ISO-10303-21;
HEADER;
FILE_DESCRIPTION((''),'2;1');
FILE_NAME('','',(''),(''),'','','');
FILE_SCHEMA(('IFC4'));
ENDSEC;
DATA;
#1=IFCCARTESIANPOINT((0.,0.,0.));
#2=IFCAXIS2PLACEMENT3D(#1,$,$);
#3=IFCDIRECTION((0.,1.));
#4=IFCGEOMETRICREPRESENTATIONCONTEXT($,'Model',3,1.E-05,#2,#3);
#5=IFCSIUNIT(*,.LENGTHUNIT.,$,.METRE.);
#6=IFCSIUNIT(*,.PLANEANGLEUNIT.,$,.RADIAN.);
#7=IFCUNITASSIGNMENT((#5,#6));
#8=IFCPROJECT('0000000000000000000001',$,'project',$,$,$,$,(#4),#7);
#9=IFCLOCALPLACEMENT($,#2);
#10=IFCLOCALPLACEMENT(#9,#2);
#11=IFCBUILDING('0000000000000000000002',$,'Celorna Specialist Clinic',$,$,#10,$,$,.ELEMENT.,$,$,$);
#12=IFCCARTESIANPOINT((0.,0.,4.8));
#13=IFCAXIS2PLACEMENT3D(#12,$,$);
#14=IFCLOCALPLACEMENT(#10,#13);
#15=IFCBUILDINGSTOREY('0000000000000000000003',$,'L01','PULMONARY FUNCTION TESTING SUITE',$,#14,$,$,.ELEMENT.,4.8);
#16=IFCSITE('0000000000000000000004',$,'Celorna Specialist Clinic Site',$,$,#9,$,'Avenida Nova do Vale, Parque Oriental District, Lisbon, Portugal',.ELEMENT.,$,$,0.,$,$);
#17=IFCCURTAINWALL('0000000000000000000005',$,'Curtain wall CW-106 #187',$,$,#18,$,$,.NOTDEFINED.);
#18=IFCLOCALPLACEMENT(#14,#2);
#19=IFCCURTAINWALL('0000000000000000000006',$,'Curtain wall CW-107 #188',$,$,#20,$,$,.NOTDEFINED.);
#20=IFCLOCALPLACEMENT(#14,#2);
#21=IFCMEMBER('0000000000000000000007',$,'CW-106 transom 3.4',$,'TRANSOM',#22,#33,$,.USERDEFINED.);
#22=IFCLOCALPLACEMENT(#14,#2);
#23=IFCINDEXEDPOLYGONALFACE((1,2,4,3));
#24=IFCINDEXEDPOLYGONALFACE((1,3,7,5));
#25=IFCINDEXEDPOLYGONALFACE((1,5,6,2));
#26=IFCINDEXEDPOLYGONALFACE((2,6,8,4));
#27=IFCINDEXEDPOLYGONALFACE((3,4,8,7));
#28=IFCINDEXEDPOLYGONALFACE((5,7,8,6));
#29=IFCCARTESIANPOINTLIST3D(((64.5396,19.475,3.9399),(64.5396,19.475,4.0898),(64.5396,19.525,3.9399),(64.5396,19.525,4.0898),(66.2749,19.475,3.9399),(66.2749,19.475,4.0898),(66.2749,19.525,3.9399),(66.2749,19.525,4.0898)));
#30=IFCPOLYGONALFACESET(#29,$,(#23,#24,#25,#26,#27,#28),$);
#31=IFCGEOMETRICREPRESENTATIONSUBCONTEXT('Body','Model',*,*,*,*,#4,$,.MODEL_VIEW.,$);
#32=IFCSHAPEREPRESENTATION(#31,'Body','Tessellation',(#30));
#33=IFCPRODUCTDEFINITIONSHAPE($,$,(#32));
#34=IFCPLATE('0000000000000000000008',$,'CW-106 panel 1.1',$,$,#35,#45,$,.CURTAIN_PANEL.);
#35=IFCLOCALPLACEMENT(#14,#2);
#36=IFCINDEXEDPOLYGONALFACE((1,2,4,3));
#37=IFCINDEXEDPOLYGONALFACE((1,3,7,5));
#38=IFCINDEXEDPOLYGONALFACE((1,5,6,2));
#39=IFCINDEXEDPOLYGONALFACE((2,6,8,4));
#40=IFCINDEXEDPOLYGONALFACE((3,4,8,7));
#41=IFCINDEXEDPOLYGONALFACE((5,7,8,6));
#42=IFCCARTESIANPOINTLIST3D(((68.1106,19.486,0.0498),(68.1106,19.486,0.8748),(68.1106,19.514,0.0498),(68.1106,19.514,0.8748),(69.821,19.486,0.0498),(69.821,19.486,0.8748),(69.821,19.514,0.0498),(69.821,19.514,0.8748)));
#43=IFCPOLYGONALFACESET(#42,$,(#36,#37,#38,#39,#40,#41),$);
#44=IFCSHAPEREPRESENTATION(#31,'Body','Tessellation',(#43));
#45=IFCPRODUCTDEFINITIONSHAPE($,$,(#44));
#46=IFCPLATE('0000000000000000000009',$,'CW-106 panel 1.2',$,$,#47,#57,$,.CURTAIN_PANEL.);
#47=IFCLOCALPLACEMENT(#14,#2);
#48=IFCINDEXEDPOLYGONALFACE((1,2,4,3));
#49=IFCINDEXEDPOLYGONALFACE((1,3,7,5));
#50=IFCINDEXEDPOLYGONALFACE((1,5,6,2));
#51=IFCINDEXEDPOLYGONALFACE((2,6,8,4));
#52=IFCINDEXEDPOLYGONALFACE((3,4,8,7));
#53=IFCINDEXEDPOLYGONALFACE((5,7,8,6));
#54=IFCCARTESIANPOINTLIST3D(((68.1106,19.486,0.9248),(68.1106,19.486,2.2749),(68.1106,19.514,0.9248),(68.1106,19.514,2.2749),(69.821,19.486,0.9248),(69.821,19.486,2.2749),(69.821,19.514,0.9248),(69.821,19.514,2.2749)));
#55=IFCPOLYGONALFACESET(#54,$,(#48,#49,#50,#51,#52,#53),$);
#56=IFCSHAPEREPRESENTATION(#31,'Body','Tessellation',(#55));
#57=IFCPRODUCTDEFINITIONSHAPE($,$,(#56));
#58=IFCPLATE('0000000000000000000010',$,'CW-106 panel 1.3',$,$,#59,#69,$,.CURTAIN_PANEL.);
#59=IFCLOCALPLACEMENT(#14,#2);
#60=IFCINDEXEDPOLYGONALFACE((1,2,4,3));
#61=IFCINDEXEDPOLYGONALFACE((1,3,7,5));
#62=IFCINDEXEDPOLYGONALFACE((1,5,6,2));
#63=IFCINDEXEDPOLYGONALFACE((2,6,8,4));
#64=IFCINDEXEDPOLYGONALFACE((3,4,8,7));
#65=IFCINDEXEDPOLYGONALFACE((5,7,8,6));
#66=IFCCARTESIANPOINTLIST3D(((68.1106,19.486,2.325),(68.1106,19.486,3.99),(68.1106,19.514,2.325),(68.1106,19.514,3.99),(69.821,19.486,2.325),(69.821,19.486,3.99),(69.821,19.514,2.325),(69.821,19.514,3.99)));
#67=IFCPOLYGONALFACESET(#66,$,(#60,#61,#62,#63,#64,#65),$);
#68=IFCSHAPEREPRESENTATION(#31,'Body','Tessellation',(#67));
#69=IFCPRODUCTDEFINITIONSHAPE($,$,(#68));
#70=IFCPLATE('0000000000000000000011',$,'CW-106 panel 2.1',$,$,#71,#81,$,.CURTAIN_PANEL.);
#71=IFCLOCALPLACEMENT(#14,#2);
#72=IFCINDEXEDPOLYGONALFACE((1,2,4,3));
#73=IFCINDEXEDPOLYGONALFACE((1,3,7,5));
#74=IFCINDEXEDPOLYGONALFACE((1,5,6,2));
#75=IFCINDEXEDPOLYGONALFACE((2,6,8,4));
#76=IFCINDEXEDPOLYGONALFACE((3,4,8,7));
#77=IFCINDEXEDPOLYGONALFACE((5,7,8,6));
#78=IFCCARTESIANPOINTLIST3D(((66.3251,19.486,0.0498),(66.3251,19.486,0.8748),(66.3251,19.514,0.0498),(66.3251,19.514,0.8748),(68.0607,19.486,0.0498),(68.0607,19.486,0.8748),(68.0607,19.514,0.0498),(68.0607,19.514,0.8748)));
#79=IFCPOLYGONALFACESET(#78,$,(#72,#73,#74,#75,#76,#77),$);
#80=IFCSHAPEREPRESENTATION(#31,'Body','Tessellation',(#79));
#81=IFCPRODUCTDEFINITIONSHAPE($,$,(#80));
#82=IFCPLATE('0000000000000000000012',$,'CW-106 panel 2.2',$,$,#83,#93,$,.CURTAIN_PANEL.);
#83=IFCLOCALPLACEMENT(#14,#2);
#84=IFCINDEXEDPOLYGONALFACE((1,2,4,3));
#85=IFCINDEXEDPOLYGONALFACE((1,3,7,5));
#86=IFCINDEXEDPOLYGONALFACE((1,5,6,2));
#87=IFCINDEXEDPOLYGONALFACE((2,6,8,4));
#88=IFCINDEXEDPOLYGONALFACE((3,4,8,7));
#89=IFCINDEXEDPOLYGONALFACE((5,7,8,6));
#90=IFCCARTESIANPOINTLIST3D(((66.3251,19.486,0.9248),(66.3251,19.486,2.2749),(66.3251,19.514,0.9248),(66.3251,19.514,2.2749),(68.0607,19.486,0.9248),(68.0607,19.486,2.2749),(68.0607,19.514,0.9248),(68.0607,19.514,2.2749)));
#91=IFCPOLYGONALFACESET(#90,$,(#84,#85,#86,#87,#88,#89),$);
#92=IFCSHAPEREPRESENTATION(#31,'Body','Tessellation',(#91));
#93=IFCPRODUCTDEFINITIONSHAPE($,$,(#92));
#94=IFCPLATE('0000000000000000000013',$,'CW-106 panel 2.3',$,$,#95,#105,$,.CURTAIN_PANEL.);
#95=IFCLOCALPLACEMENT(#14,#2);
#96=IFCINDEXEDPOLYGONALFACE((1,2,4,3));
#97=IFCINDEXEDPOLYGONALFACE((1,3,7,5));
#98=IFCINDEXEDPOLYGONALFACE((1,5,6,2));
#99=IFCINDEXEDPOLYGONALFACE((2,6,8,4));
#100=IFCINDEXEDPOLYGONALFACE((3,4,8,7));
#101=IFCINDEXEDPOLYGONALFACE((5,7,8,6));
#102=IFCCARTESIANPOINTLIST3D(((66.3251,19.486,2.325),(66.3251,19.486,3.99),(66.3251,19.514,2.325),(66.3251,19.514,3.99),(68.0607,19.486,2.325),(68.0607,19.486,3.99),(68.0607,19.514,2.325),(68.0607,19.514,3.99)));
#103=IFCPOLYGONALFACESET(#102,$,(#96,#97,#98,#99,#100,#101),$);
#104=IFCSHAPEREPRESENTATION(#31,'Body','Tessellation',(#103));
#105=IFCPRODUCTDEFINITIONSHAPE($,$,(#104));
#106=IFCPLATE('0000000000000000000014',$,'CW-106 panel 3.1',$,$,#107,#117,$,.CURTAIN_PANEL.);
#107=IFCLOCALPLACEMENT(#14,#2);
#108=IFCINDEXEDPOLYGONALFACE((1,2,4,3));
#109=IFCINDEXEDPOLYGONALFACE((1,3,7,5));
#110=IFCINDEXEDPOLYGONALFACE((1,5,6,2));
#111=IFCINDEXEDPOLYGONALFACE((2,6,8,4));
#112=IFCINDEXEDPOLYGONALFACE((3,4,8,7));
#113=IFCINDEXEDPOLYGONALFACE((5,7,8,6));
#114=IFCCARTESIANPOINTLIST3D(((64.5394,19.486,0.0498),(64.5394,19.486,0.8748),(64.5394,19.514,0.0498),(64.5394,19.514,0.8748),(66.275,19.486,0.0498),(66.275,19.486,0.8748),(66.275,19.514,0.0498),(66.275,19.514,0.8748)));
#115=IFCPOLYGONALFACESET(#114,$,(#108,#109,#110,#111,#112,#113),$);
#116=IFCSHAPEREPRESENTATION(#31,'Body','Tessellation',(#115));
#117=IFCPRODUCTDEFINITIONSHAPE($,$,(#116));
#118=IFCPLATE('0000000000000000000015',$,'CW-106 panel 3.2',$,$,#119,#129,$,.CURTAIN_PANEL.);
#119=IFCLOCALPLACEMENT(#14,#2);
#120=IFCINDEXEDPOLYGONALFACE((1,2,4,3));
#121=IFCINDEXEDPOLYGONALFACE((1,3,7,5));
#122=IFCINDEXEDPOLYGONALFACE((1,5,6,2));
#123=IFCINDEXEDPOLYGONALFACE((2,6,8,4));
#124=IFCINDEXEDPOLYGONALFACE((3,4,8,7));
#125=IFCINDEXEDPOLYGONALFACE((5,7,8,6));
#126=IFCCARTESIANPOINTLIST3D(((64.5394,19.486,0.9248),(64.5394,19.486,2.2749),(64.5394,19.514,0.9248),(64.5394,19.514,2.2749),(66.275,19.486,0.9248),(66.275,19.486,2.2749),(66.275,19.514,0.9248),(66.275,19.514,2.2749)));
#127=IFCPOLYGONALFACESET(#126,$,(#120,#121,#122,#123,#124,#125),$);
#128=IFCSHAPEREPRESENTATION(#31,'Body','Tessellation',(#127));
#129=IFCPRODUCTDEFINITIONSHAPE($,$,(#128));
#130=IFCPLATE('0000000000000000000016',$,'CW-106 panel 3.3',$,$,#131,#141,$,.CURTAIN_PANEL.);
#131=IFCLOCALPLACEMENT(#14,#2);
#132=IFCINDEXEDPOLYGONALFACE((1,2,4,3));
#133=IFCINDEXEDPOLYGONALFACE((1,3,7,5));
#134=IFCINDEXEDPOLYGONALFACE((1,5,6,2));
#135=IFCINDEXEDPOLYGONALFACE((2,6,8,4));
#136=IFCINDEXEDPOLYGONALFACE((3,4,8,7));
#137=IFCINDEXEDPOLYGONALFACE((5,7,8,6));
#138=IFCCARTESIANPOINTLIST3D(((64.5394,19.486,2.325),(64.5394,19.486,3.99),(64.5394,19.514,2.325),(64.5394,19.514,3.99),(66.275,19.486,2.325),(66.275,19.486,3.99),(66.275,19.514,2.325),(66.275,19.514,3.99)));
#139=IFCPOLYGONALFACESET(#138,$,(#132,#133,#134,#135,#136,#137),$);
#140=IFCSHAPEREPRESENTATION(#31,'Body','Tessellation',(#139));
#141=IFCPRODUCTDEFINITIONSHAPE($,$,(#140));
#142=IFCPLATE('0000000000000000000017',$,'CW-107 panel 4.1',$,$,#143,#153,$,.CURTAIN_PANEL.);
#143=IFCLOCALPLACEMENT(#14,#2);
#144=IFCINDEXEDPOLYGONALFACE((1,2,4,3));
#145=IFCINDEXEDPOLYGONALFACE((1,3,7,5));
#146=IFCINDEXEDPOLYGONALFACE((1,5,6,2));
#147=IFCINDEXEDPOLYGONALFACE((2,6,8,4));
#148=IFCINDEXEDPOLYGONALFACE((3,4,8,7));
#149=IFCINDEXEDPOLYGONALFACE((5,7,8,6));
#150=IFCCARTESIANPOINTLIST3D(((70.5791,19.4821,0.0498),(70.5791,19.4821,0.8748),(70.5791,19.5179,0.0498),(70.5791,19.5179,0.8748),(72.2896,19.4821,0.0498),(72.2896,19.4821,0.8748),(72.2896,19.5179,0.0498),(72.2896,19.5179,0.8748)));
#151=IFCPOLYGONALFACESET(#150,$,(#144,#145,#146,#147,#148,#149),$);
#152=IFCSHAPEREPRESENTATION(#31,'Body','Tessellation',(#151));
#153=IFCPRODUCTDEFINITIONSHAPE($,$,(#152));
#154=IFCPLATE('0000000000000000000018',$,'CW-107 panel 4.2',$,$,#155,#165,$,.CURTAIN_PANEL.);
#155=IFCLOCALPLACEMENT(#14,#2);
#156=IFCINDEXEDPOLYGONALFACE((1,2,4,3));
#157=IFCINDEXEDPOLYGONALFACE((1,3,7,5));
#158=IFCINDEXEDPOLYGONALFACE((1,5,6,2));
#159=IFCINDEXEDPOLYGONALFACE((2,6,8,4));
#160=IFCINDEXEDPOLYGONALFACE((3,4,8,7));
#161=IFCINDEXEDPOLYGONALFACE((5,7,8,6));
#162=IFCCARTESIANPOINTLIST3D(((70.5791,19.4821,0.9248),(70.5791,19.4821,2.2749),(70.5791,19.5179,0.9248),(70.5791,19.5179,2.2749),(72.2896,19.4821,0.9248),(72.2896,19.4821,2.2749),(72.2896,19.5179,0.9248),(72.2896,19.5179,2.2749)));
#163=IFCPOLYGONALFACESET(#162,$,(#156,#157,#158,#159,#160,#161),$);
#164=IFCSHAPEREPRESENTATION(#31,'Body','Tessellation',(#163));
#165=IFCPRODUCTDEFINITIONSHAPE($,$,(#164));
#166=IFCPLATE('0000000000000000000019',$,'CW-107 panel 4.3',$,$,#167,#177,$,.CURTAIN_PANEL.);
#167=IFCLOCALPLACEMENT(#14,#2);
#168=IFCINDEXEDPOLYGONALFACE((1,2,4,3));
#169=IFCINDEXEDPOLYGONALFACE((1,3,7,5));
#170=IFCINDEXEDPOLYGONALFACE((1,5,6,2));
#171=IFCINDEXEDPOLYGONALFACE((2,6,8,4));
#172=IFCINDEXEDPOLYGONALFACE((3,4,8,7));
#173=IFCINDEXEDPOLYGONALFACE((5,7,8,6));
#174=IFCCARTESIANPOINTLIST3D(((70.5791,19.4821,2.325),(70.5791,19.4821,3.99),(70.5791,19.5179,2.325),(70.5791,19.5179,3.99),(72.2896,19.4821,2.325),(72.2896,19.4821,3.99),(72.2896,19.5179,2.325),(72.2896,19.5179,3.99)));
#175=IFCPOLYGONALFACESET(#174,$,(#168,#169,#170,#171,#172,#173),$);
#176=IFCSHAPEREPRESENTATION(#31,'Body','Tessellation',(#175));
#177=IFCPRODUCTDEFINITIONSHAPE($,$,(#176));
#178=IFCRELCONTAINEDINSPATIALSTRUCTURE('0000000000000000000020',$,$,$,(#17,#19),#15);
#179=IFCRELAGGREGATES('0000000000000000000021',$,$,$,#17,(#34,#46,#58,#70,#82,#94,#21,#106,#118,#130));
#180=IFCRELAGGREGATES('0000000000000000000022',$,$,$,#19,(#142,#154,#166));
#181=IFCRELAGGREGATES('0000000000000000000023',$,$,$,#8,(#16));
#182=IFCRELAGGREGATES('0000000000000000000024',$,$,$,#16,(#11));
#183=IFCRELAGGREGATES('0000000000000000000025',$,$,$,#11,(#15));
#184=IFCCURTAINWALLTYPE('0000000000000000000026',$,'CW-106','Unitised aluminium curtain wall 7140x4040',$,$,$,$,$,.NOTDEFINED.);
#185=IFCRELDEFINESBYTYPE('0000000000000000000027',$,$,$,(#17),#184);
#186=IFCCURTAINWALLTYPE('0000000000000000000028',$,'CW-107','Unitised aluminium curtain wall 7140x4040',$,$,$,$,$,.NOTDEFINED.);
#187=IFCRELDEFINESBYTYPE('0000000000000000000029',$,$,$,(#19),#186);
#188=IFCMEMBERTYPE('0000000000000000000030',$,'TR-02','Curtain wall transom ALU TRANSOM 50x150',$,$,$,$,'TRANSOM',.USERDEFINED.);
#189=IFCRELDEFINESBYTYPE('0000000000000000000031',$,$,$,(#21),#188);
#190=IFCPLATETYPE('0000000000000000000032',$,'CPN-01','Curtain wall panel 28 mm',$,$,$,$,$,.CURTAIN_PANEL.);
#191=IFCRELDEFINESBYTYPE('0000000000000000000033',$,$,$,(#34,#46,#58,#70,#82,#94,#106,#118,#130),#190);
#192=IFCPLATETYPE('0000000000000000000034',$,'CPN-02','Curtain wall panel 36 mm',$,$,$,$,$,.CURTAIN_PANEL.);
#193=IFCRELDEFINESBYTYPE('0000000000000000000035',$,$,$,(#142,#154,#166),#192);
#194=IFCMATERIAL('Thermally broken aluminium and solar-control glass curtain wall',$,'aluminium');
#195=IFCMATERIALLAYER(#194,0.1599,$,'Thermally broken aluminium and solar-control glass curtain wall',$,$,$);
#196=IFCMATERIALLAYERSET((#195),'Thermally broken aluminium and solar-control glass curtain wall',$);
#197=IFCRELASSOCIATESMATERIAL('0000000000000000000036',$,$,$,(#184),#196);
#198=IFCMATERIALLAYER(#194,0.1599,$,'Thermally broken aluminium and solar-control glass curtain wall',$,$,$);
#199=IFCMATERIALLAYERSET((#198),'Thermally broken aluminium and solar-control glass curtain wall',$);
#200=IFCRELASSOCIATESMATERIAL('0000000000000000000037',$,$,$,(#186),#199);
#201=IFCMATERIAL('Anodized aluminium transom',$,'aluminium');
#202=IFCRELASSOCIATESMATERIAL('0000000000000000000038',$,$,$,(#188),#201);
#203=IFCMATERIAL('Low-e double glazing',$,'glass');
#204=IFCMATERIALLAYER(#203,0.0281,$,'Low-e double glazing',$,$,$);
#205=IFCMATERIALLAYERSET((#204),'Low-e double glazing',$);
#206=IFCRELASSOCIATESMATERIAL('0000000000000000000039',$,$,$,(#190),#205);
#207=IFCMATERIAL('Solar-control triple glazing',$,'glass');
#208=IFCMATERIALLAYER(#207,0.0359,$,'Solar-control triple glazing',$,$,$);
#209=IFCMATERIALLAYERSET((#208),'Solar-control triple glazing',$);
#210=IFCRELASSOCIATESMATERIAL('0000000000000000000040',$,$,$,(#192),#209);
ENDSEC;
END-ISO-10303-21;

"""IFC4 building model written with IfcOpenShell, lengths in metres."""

from ifc_helpers import new_model, si_unit, direction, frame, origin, origin_2d, place, context, subcontext, project, spatial, rectangle, extrude, material, layer, layer_set, material_profile, profile_set, type_object, element, aggregate, save


model = new_model("IFC4")

# Units and contexts
model_context = context("Model", 3, precision=1e-05, world=origin(), true_north=direction((0.0, 1.0)))
body_context = subcontext(model_context, "Body", "Model", "MODEL_VIEW")
ifc_project = project(units=[si_unit("LENGTHUNIT", "METRE"), si_unit("PLANEANGLEUNIT", "RADIAN")], contexts=[model_context])

# Site, building, storey
site_placement = place(None, origin())
site = spatial("IfcSite", under=ifc_project, at=site_placement, Name="Celorna Specialist Clinic Site", LongName="Avenida Nova do Vale, Parque Oriental District, Lisbon, Portugal", CompositionType="ELEMENT", RefElevation=0.0)
building_placement = place(site_placement, origin())
building = spatial("IfcBuilding", under=site, at=building_placement, Name="Celorna Specialist Clinic", CompositionType="ELEMENT")
storey_placement = place(building_placement, frame((0.0, 0.0, 4.8)))
storey = spatial("IfcBuildingStorey", under=building, at=storey_placement, Name="L01", Description="PULMONARY FUNCTION TESTING SUITE", CompositionType="ELEMENT", Elevation=4.8)

# Curtain walls
ifc_material_1 = material(Name="Thermally broken aluminium and solar-control glass curtain wall", Category="aluminium")
ifc_layer_1 = layer(ifc_material_1, 0.1599, Name="Thermally broken aluminium and solar-control glass curtain wall")
ifc_layer_set_1 = layer_set([ifc_layer_1], Name="Thermally broken aluminium and solar-control glass curtain wall")
curtain_wall_type_1 = type_object("IfcCurtainWallType", Name="CW-106", Description="Unitised aluminium curtain wall 7140x4040", PredefinedType="NOTDEFINED", material=ifc_layer_set_1)
curtain_wall_1_placement = place(storey_placement, origin())
curtain_wall_1 = element("IfcCurtainWall", 1, at=curtain_wall_1_placement, inside=storey, type_object=curtain_wall_type_1, Name="Curtain wall CW-106 #187", PredefinedType="NOTDEFINED")
ifc_layer_2 = layer(ifc_material_1, 0.1599, Name="Thermally broken aluminium and solar-control glass curtain wall")
ifc_layer_set_2 = layer_set([ifc_layer_2], Name="Thermally broken aluminium and solar-control glass curtain wall")
curtain_wall_type_2 = type_object("IfcCurtainWallType", Name="CW-107", Description="Unitised aluminium curtain wall 7140x4040", PredefinedType="NOTDEFINED", material=ifc_layer_set_2)
curtain_wall_2_placement = place(storey_placement, origin())
curtain_wall_2 = element("IfcCurtainWall", 2, at=curtain_wall_2_placement, inside=storey, type_object=curtain_wall_type_2, Name="Curtain wall CW-107 #188", PredefinedType="NOTDEFINED")
ifc_material_2 = material(Name="Anodized aluminium transom", Category="aluminium")

# Member
ifc_material_profile_1 = material_profile(ifc_material_2, rectangle(XDim=0.05, YDim=0.1499, at=origin_2d()), Name="ALU TRANSOM 50x150")
ifc_profile_set_1 = profile_set([ifc_material_profile_1], Name="Anodized aluminium transom")
member_type_1 = type_object("IfcMemberType", Name="TR-02", Description="Curtain wall transom ALU TRANSOM 50x150", ElementType="TRANSOM", PredefinedType="USERDEFINED", material=ifc_profile_set_1)
member_1_placement = place(storey_placement, frame((66.2749, 19.5, 4.0149), z_axis=(-1.0, 0.0, 0.0), x_axis=(0.0, -1.0, 0.0)))
member_1 = element("IfcMember", 3, at=member_1_placement, type_object=member_type_1, Name="CW-106 transom 3.4", ObjectType="TRANSOM", PredefinedType="USERDEFINED", context=body_context, shape_type="SweptSolid", body=[
    extrude(rectangle(XDim=0.05, YDim=0.1499, at=origin_2d()), origin(), (0.0, 0.0, 1.0), 1.7354),
])

# Plates
ifc_material_3 = material(Name="Low-e double glazing", Category="glass")
ifc_layer_3 = layer(ifc_material_3, 0.0281, Name="Low-e double glazing")
ifc_layer_set_3 = layer_set([ifc_layer_3], Name="Low-e double glazing")
plate_type_1 = type_object("IfcPlateType", Name="CPN-01", Description="Curtain wall panel 28 mm", PredefinedType="CURTAIN_PANEL", material=ifc_layer_set_3)
plate_1_placement = place(storey_placement, frame((68.9658, 19.5, 0.0498), z_axis=(0.0, 0.0, 1.0), x_axis=(-1.0, 0.0, 0.0)))
plate_1 = element("IfcPlate", 4, at=plate_1_placement, type_object=plate_type_1, Name="CW-106 panel 1.1", PredefinedType="CURTAIN_PANEL", context=body_context, shape_type="SweptSolid", body=[
    extrude(rectangle(XDim=1.7104, YDim=0.0281, at=origin_2d()), origin(), (0.0, 0.0, 1.0), 0.825),
])
plate_2_placement = place(storey_placement, frame((68.9658, 19.5, 0.9248), z_axis=(0.0, 0.0, 1.0), x_axis=(-1.0, 0.0, 0.0)))
plate_2 = element("IfcPlate", 5, at=plate_2_placement, type_object=plate_type_1, Name="CW-106 panel 1.2", PredefinedType="CURTAIN_PANEL", context=body_context, shape_type="SweptSolid", body=[
    extrude(rectangle(XDim=1.7104, YDim=0.0281, at=origin_2d()), origin(), (0.0, 0.0, 1.0), 1.3501),
])
plate_3_placement = place(storey_placement, frame((68.9658, 19.5, 2.325), z_axis=(0.0, 0.0, 1.0), x_axis=(-1.0, 0.0, 0.0)))
plate_3 = element("IfcPlate", 6, at=plate_3_placement, type_object=plate_type_1, Name="CW-106 panel 1.3", PredefinedType="CURTAIN_PANEL", context=body_context, shape_type="SweptSolid", body=[
    extrude(rectangle(XDim=1.7104, YDim=0.0281, at=origin_2d()), origin(), (0.0, 0.0, 1.0), 1.665),
])
plate_4_placement = place(storey_placement, frame((67.1929, 19.5, 0.0498), z_axis=(0.0, 0.0, 1.0), x_axis=(-1.0, 0.0, 0.0)))
plate_4 = element("IfcPlate", 7, at=plate_4_placement, type_object=plate_type_1, Name="CW-106 panel 2.1", PredefinedType="CURTAIN_PANEL", context=body_context, shape_type="SweptSolid", body=[
    extrude(rectangle(XDim=1.7356, YDim=0.0281, at=origin_2d()), origin(), (0.0, 0.0, 1.0), 0.825),
])
plate_5_placement = place(storey_placement, frame((67.1929, 19.5, 0.9248), z_axis=(0.0, 0.0, 1.0), x_axis=(-1.0, 0.0, 0.0)))
plate_5 = element("IfcPlate", 8, at=plate_5_placement, type_object=plate_type_1, Name="CW-106 panel 2.2", PredefinedType="CURTAIN_PANEL", context=body_context, shape_type="SweptSolid", body=[
    extrude(rectangle(XDim=1.7356, YDim=0.0281, at=origin_2d()), origin(), (0.0, 0.0, 1.0), 1.3501),
])
plate_6_placement = place(storey_placement, frame((67.1929, 19.5, 2.325), z_axis=(0.0, 0.0, 1.0), x_axis=(-1.0, 0.0, 0.0)))
plate_6 = element("IfcPlate", 9, at=plate_6_placement, type_object=plate_type_1, Name="CW-106 panel 2.3", PredefinedType="CURTAIN_PANEL", context=body_context, shape_type="SweptSolid", body=[
    extrude(rectangle(XDim=1.7356, YDim=0.0281, at=origin_2d()), origin(), (0.0, 0.0, 1.0), 1.665),
])
plate_7_placement = place(storey_placement, frame((65.4072, 19.5, 0.0498), z_axis=(0.0, 0.0, 1.0), x_axis=(-1.0, 0.0, 0.0)))
plate_7 = element("IfcPlate", 10, at=plate_7_placement, type_object=plate_type_1, Name="CW-106 panel 3.1", PredefinedType="CURTAIN_PANEL", context=body_context, shape_type="SweptSolid", body=[
    extrude(rectangle(XDim=1.7356, YDim=0.0281, at=origin_2d()), origin(), (0.0, 0.0, 1.0), 0.825),
])
plate_8_placement = place(storey_placement, frame((65.4072, 19.5, 0.9248), z_axis=(0.0, 0.0, 1.0), x_axis=(-1.0, 0.0, 0.0)))
plate_8 = element("IfcPlate", 11, at=plate_8_placement, type_object=plate_type_1, Name="CW-106 panel 3.2", PredefinedType="CURTAIN_PANEL", context=body_context, shape_type="SweptSolid", body=[
    extrude(rectangle(XDim=1.7356, YDim=0.0281, at=origin_2d()), origin(), (0.0, 0.0, 1.0), 1.3501),
])
plate_9_placement = place(storey_placement, frame((65.4072, 19.5, 2.325), z_axis=(0.0, 0.0, 1.0), x_axis=(-1.0, 0.0, 0.0)))
plate_9 = element("IfcPlate", 12, at=plate_9_placement, type_object=plate_type_1, Name="CW-106 panel 3.3", PredefinedType="CURTAIN_PANEL", context=body_context, shape_type="SweptSolid", body=[
    extrude(rectangle(XDim=1.7356, YDim=0.0281, at=origin_2d()), origin(), (0.0, 0.0, 1.0), 1.665),
])
aggregate(curtain_wall_1, [plate_1, plate_2, plate_3, plate_4, plate_5, plate_6, member_1, plate_7, plate_8, plate_9])
ifc_material_4 = material(Name="Solar-control triple glazing", Category="glass")
ifc_layer_4 = layer(ifc_material_4, 0.0359, Name="Solar-control triple glazing")
ifc_layer_set_4 = layer_set([ifc_layer_4], Name="Solar-control triple glazing")
plate_type_2 = type_object("IfcPlateType", Name="CPN-02", Description="Curtain wall panel 36 mm", PredefinedType="CURTAIN_PANEL", material=ifc_layer_set_4)
plate_10_placement = place(storey_placement, frame((71.4343, 19.5, 0.0498), z_axis=(0.0, 0.0, 1.0), x_axis=(-1.0, 0.0, 0.0)))
plate_10 = element("IfcPlate", 13, at=plate_10_placement, type_object=plate_type_2, Name="CW-107 panel 4.1", PredefinedType="CURTAIN_PANEL", context=body_context, shape_type="SweptSolid", body=[
    extrude(rectangle(XDim=1.7104, YDim=0.0359, at=origin_2d()), origin(), (0.0, 0.0, 1.0), 0.825),
])
plate_11_placement = place(storey_placement, frame((71.4343, 19.5, 0.9248), z_axis=(0.0, 0.0, 1.0), x_axis=(-1.0, 0.0, 0.0)))
plate_11 = element("IfcPlate", 14, at=plate_11_placement, type_object=plate_type_2, Name="CW-107 panel 4.2", PredefinedType="CURTAIN_PANEL", context=body_context, shape_type="SweptSolid", body=[
    extrude(rectangle(XDim=1.7104, YDim=0.0359, at=origin_2d()), origin(), (0.0, 0.0, 1.0), 1.3501),
])
plate_12_placement = place(storey_placement, frame((71.4343, 19.5, 2.325), z_axis=(0.0, 0.0, 1.0), x_axis=(-1.0, 0.0, 0.0)))
plate_12 = element("IfcPlate", 15, at=plate_12_placement, type_object=plate_type_2, Name="CW-107 panel 4.3", PredefinedType="CURTAIN_PANEL", context=body_context, shape_type="SweptSolid", body=[
    extrude(rectangle(XDim=1.7104, YDim=0.0359, at=origin_2d()), origin(), (0.0, 0.0, 1.0), 1.665),
])
aggregate(curtain_wall_2, [plate_10, plate_11, plate_12])

save(model, "model.ifc")
